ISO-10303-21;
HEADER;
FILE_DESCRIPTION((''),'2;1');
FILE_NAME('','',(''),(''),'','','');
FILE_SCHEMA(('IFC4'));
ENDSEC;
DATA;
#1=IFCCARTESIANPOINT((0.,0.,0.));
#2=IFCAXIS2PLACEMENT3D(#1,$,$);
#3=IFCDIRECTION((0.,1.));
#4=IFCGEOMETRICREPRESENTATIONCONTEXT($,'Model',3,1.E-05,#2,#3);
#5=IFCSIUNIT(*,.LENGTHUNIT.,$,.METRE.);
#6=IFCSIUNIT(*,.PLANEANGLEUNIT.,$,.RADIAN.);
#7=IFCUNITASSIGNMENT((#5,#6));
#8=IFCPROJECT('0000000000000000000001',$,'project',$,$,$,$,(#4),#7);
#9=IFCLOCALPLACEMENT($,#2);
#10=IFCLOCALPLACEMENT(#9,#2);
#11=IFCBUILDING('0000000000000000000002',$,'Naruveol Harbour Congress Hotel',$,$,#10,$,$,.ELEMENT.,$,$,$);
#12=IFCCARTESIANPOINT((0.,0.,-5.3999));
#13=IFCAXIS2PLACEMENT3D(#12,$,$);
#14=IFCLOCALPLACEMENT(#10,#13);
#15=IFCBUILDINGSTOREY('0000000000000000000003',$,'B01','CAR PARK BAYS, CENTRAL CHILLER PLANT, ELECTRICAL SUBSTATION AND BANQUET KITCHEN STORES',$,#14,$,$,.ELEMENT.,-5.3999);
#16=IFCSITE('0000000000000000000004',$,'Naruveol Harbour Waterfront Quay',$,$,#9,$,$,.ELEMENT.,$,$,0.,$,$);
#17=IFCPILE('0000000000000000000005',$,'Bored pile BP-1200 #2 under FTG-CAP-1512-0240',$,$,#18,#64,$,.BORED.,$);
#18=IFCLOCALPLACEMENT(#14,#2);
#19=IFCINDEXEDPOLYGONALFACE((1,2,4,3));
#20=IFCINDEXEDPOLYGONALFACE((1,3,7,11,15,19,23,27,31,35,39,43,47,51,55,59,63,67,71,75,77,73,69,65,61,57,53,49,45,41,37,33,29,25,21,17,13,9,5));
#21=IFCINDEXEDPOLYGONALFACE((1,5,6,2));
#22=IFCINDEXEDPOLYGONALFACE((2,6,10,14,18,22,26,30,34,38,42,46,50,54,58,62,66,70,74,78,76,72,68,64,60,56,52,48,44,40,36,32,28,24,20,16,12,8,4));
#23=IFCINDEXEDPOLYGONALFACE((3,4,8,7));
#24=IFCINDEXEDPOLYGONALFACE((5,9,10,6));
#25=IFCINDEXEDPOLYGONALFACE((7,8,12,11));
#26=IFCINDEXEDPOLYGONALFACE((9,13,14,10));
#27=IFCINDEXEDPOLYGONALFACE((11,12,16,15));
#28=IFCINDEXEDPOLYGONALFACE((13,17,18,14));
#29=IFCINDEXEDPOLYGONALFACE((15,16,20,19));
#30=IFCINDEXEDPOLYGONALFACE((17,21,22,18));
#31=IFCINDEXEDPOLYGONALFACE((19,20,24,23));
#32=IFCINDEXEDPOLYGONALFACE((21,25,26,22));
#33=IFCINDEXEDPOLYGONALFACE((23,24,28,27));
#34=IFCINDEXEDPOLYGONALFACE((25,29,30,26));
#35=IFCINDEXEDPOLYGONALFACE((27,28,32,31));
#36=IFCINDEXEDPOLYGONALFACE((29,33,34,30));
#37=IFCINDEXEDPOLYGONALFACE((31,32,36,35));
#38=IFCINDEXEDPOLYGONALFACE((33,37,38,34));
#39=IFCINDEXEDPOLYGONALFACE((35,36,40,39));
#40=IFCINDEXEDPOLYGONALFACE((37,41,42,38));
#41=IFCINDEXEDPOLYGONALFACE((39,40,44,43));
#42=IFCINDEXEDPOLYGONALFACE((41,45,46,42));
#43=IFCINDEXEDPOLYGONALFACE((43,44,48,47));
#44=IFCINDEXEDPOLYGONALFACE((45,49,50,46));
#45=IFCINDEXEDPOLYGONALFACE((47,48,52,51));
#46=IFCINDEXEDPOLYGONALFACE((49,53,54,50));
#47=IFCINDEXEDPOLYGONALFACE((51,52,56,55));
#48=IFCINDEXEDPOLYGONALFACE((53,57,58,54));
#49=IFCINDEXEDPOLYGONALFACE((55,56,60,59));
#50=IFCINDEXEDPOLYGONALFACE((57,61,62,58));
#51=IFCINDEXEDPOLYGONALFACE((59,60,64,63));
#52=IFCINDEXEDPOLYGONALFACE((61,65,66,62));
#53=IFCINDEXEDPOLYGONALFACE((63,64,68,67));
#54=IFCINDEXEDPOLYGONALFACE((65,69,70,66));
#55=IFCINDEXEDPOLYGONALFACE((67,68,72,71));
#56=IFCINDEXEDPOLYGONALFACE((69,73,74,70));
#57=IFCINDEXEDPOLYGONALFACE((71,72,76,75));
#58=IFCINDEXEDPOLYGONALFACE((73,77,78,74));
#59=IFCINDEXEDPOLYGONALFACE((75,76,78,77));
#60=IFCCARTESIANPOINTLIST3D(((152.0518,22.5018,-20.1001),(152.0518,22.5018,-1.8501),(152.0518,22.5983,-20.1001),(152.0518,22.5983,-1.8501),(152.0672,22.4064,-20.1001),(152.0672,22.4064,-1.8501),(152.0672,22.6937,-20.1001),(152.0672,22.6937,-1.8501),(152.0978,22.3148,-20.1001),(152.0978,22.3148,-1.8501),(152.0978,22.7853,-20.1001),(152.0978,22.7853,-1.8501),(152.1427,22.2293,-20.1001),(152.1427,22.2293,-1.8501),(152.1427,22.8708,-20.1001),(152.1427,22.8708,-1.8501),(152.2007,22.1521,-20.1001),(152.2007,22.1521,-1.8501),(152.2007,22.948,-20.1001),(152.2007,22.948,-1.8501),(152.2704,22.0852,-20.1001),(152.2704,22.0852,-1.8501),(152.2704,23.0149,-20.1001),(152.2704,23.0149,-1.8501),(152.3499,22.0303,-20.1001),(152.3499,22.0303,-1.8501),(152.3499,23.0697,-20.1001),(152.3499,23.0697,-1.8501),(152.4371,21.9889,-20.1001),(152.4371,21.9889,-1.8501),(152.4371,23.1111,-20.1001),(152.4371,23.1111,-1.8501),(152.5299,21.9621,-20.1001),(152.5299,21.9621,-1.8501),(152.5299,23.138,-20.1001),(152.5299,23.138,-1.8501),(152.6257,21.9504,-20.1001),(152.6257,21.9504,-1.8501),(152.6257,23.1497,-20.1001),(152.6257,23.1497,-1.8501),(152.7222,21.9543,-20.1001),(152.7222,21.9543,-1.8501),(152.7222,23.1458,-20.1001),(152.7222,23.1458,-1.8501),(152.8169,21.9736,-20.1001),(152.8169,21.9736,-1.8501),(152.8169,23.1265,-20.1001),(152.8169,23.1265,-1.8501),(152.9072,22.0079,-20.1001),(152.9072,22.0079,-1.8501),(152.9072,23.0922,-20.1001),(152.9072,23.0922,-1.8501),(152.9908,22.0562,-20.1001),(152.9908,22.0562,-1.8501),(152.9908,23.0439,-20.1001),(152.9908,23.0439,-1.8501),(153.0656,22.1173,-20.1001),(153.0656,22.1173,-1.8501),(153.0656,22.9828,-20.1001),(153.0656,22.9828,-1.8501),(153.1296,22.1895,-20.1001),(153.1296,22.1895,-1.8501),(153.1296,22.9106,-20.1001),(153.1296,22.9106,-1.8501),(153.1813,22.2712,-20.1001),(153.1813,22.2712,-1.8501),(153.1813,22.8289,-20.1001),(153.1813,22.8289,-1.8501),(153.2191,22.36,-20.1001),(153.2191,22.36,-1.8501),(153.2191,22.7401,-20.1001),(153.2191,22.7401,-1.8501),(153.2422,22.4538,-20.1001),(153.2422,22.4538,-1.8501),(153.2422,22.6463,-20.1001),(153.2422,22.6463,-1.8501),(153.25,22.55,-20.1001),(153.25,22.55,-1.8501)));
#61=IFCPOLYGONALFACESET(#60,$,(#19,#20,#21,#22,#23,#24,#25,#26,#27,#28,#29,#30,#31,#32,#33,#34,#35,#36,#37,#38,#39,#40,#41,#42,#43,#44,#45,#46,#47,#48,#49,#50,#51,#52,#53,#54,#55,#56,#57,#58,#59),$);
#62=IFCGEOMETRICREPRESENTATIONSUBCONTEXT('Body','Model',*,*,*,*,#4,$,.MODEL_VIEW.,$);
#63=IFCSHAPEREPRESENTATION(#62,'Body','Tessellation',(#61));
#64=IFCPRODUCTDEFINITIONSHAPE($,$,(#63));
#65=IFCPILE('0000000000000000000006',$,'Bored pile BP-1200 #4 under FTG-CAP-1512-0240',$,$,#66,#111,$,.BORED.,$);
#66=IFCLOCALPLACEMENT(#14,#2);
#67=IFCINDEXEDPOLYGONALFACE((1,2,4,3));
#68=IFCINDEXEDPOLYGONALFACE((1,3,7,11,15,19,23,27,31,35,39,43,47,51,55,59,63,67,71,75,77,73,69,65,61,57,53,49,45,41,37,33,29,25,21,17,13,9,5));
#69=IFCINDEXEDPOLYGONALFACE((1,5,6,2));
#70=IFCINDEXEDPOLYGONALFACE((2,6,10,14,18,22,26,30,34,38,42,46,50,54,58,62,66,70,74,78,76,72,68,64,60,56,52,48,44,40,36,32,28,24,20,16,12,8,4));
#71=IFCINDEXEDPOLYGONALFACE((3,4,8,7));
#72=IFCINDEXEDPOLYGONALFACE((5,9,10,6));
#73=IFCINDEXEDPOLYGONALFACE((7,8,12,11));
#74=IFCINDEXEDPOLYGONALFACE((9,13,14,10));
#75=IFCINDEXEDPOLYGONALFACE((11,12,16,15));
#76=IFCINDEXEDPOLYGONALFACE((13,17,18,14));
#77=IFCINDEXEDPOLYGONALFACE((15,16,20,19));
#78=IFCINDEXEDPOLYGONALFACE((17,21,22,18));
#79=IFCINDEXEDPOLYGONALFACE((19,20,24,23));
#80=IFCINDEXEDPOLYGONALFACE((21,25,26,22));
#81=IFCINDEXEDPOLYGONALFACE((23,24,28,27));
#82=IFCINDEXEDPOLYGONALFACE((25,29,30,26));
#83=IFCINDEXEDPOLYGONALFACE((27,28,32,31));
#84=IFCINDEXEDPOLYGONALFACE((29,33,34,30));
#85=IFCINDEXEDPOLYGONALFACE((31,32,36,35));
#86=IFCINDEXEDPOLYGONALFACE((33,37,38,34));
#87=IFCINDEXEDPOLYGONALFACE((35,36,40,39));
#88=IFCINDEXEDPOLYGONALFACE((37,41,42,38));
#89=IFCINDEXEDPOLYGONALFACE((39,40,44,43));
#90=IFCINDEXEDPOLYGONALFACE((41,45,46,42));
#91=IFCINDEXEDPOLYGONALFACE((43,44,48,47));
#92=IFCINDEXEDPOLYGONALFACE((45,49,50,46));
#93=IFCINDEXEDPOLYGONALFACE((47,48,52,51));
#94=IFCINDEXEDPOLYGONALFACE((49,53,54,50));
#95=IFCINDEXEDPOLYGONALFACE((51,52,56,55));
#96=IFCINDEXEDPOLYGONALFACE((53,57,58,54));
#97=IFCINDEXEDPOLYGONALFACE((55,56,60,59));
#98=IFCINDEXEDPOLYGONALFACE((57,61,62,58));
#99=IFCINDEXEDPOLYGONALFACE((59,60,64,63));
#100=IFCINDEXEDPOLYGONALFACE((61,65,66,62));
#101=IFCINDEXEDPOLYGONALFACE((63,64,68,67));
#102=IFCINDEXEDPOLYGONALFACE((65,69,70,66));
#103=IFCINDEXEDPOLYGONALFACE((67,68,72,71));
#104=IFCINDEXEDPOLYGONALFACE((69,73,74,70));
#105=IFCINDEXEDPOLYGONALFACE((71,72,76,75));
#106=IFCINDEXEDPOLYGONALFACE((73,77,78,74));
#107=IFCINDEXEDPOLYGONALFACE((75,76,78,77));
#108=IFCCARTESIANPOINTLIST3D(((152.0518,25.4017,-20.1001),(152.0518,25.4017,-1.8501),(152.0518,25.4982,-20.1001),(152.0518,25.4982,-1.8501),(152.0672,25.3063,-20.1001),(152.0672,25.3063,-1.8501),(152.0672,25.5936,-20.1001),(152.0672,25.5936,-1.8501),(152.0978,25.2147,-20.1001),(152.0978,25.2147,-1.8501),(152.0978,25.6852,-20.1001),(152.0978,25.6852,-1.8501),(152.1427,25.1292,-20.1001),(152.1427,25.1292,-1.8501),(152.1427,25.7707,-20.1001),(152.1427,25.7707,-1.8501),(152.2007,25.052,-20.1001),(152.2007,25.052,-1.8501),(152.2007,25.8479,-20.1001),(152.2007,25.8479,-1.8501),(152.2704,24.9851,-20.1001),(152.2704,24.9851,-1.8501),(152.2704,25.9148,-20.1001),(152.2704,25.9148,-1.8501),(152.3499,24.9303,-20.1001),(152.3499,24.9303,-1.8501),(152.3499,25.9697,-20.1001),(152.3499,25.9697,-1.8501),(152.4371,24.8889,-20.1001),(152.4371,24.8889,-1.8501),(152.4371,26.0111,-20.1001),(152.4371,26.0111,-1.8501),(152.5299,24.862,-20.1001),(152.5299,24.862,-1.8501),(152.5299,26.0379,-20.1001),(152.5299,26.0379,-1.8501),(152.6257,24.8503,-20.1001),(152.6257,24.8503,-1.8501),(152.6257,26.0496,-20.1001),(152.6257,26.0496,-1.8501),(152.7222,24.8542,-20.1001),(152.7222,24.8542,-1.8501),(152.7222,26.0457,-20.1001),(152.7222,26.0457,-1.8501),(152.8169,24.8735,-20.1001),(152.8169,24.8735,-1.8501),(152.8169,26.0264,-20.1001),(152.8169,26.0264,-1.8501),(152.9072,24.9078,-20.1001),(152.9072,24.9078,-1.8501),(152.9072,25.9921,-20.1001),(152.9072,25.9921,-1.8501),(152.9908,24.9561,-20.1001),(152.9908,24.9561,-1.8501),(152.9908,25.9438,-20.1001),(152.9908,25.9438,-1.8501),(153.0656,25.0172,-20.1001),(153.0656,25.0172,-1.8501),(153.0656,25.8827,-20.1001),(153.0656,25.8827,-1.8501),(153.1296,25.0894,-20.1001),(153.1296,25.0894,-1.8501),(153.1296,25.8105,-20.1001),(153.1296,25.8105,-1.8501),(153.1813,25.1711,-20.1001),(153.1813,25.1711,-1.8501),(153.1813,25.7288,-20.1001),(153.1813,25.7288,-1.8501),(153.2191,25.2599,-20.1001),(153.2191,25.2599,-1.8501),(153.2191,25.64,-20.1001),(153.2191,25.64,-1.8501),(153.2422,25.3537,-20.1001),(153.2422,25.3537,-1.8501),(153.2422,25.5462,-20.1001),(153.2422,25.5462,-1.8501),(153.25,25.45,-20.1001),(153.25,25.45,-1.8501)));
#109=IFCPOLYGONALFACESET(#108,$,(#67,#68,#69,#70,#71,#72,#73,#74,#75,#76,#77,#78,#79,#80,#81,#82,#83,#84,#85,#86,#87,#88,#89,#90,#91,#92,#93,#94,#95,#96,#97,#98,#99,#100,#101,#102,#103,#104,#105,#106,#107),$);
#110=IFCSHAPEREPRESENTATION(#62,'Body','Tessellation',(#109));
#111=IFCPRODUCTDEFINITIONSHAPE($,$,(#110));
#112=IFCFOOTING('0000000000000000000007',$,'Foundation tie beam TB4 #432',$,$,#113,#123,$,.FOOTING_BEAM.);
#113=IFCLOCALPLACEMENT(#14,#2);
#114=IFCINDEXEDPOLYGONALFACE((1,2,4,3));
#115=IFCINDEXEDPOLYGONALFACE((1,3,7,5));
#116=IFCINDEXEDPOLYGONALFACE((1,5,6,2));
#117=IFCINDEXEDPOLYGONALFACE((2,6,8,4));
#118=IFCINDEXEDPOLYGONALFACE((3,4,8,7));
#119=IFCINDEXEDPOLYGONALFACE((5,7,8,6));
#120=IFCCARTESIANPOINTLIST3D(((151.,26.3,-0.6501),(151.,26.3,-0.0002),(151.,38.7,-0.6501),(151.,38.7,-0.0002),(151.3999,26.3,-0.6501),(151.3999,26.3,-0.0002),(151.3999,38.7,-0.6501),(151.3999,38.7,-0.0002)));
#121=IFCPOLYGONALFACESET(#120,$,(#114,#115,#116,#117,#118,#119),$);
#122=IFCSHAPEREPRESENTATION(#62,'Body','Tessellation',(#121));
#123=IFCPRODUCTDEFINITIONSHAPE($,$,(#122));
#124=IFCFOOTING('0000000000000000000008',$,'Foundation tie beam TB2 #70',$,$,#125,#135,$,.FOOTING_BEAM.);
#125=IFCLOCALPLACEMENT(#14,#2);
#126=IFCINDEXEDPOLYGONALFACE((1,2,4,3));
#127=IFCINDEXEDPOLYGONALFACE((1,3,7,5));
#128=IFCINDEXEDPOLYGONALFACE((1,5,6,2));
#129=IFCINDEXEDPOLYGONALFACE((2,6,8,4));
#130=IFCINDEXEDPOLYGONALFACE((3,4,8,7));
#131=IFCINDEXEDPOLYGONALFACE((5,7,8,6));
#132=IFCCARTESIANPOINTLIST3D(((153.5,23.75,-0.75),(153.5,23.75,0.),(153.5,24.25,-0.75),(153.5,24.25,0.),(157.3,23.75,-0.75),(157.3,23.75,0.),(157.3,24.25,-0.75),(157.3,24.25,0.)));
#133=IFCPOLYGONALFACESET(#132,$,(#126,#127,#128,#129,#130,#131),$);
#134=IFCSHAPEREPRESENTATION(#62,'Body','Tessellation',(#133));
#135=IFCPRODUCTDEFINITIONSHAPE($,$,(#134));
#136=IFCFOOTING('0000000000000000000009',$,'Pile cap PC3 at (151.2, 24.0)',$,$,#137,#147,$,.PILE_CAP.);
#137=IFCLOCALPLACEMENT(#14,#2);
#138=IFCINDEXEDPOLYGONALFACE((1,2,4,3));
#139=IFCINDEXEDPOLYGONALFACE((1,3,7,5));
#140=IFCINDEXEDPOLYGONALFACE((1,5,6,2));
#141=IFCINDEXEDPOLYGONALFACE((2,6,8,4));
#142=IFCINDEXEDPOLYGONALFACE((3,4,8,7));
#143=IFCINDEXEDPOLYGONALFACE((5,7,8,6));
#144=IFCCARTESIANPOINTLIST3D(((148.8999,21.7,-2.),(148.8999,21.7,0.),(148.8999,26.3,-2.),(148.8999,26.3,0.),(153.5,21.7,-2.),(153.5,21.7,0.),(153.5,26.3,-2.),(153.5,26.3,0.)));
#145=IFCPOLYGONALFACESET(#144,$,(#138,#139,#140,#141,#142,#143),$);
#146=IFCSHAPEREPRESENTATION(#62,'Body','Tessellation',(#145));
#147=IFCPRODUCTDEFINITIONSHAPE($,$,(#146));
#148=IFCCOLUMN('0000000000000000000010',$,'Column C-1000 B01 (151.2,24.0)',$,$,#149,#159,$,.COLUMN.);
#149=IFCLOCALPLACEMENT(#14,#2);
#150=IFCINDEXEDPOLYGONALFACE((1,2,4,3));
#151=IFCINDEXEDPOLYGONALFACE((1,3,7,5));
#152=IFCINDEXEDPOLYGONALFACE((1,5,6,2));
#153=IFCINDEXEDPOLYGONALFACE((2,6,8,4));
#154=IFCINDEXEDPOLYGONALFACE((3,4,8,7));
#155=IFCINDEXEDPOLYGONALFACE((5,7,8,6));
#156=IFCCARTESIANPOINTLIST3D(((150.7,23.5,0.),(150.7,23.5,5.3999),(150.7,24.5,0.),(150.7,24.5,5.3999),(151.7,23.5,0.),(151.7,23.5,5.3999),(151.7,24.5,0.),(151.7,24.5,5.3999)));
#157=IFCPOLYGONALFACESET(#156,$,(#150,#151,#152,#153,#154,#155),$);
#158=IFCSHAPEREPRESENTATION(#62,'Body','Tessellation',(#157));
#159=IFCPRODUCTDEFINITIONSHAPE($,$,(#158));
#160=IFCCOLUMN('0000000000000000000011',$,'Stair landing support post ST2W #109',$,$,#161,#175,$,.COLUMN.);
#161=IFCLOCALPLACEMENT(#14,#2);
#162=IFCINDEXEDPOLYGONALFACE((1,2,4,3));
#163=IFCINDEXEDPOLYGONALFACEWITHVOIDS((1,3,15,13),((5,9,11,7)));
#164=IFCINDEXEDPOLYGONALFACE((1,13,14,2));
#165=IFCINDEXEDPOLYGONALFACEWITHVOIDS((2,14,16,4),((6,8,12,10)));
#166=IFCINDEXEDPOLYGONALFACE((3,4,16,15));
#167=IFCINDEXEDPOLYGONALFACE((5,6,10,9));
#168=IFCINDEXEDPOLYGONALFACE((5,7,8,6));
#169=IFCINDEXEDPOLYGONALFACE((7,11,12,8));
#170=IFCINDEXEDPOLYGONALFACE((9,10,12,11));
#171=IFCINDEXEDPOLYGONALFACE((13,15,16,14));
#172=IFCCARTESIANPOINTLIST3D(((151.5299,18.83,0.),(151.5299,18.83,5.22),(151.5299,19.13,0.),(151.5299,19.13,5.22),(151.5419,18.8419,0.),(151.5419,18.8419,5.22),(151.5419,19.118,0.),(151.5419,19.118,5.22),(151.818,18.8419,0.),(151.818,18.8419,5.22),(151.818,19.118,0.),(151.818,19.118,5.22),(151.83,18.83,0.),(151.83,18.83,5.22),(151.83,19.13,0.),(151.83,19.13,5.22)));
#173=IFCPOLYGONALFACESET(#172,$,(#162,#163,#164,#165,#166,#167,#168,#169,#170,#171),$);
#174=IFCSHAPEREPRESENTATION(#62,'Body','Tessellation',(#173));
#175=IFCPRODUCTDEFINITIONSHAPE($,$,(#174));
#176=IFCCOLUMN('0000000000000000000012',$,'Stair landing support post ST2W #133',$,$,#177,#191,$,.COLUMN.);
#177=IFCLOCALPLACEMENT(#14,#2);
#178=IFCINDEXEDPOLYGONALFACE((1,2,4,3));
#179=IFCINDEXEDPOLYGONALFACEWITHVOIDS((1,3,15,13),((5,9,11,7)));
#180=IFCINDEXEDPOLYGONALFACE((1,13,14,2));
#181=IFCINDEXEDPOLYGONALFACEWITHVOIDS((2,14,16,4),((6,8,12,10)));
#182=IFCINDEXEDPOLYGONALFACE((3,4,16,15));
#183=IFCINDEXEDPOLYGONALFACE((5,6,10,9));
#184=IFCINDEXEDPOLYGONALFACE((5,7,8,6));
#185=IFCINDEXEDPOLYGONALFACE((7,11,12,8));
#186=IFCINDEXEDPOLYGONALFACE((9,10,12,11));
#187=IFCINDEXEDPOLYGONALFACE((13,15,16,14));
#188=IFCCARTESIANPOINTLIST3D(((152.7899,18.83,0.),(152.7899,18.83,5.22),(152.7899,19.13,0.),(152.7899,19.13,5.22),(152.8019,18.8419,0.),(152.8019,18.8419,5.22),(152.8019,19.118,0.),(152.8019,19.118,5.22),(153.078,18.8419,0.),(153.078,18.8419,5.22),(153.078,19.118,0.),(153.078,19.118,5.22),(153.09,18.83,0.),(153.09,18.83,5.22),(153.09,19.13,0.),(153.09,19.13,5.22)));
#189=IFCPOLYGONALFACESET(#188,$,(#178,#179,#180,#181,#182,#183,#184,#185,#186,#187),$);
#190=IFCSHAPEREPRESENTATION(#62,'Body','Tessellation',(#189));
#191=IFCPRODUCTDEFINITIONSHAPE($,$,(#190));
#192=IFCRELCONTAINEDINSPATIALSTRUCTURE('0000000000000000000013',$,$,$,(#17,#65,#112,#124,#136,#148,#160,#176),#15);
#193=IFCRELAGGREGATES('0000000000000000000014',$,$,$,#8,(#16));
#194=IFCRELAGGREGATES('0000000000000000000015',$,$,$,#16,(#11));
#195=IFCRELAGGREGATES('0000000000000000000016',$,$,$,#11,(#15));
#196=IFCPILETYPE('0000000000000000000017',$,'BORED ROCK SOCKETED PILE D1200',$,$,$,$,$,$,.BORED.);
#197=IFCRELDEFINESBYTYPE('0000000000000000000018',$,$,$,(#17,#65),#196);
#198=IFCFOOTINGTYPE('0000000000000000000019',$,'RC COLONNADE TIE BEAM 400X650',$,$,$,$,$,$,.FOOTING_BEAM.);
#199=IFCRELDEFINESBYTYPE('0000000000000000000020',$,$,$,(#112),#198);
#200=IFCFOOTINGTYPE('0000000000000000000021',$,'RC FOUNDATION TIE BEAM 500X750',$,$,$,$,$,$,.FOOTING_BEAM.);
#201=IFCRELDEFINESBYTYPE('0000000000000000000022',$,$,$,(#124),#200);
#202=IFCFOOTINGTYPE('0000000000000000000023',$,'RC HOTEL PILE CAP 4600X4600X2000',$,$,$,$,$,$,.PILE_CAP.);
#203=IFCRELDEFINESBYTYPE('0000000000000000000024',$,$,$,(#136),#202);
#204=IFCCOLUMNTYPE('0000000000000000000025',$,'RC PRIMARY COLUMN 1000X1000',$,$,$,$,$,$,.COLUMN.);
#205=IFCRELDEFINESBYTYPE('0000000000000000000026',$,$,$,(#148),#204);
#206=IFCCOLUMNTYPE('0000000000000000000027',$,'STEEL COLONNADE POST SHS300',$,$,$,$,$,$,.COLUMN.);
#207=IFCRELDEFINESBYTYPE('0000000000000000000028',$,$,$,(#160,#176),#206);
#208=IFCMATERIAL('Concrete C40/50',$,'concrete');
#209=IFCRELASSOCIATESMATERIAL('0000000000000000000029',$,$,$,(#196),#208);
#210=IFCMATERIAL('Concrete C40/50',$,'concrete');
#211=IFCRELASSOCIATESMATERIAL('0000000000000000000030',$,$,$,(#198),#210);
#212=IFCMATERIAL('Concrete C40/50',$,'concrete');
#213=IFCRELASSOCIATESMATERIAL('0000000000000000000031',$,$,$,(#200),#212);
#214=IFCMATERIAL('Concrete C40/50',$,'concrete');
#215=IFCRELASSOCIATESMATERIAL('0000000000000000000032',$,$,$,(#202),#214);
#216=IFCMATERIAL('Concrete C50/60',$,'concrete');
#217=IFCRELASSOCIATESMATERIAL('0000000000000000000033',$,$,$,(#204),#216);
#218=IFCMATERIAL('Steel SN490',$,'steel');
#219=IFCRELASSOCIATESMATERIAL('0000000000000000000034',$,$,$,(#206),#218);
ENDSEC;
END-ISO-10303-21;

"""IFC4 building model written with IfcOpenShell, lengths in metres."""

from ifc_helpers import new_model, si_unit, direction, frame, origin, origin_2d, place, context, subcontext, project, spatial, rectangle, hollow_rectangle, circle, extrude, material, material_profile, profile_set, type_object, element, save


model = new_model("IFC4")

# Units and contexts
model_context = context("Model", 3, precision=1e-05, world=origin(), true_north=direction((0.0, 1.0)))
body_context = subcontext(model_context, "Body", "Model", "MODEL_VIEW")
ifc_project = project(units=[si_unit("LENGTHUNIT", "METRE"), si_unit("PLANEANGLEUNIT", "RADIAN")], contexts=[model_context])

# Site, building, storey
site_placement = place(None, origin())
site = spatial("IfcSite", under=ifc_project, at=site_placement, Name="Naruveol Harbour Waterfront Quay", CompositionType="ELEMENT", RefElevation=0.0)
building_placement = place(site_placement, origin())
building = spatial("IfcBuilding", under=site, at=building_placement, Name="Naruveol Harbour Congress Hotel", CompositionType="ELEMENT")
storey_placement = place(building_placement, frame((0.0, 0.0, -5.3999)))
storey = spatial("IfcBuildingStorey", under=building, at=storey_placement, Name="B01", Description="CAR PARK BAYS, CENTRAL CHILLER PLANT, ELECTRICAL SUBSTATION AND BANQUET KITCHEN STORES", CompositionType="ELEMENT", Elevation=-5.3999)

# Piles
ifc_material_1 = material(Name="Concrete C40/50", Category="concrete")
ifc_material_profile_1 = material_profile(ifc_material_1, circle(Radius=0.6001, at=origin_2d()), Name="BP-1200")
ifc_profile_set_1 = profile_set([ifc_material_profile_1], Name="Concrete C40/50")
pile_type = type_object("IfcPileType", Name="BORED ROCK SOCKETED PILE D1200", PredefinedType="BORED", material=ifc_profile_set_1)
for number, where, z_axis, x_axis, name in (
    (1, (152.6499, 22.55, -1.8501), (0.0, 0.0, -1.0), (1.0, 0.0, 0.0), "Bored pile BP-1200 #2 under FTG-CAP-1512-0240"),
    (2, (152.6499, 25.45, -1.8501), (0.0, 0.0, -1.0), (1.0, 0.0, 0.0), "Bored pile BP-1200 #4 under FTG-CAP-1512-0240"),
):
    element("IfcPile", number, at=place(storey_placement, frame(where, z_axis=z_axis, x_axis=x_axis)), inside=storey, type_object=pile_type, Name=name, PredefinedType="BORED", context=body_context, shape_type="SweptSolid", body=[
        extrude(circle(Radius=0.6001, at=origin_2d()), origin(), (0.0, 0.0, 1.0), 18.25),
    ])

# Footings
ifc_material_2 = material(Name="Concrete C40/50", Category="concrete")
ifc_material_profile_2 = material_profile(ifc_material_2, rectangle(XDim=0.3999, YDim=0.6499, at=origin_2d()), Name="RCB-400x650")
ifc_profile_set_2 = profile_set([ifc_material_profile_2], Name="Concrete C40/50")
footing_type_1 = type_object("IfcFootingType", Name="RC COLONNADE TIE BEAM 400X650", PredefinedType="FOOTING_BEAM", material=ifc_profile_set_2)
footing_1_placement = place(storey_placement, frame((151.2, 26.3, -0.3252), z_axis=(0.0, 1.0, 0.0), x_axis=(-1.0, 0.0, 0.0)))
element("IfcFooting", 3, at=footing_1_placement, inside=storey, type_object=footing_type_1, Name="Foundation tie beam TB4 #432", PredefinedType="FOOTING_BEAM", context=body_context, shape_type="SweptSolid", body=[
    extrude(rectangle(XDim=0.3999, YDim=0.6499, at=origin_2d()), origin(), (0.0, 0.0, 1.0), 12.3999),
])
ifc_material_3 = material(Name="Concrete C40/50", Category="concrete")
ifc_material_profile_3 = material_profile(ifc_material_3, rectangle(XDim=0.5, YDim=0.75, at=origin_2d()), Name="RCB-500x750")
ifc_profile_set_3 = profile_set([ifc_material_profile_3], Name="Concrete C40/50")
footing_type_2 = type_object("IfcFootingType", Name="RC FOUNDATION TIE BEAM 500X750", PredefinedType="FOOTING_BEAM", material=ifc_profile_set_3)
footing_2_placement = place(storey_placement, frame((153.5, 24.0, -0.375), z_axis=(1.0, 0.0, 0.0), x_axis=(0.0, 1.0, 0.0)))
element("IfcFooting", 4, at=footing_2_placement, inside=storey, type_object=footing_type_2, Name="Foundation tie beam TB2 #70", PredefinedType="FOOTING_BEAM", context=body_context, shape_type="SweptSolid", body=[
    extrude(rectangle(XDim=0.5, YDim=0.75, at=origin_2d()), origin(), (0.0, 0.0, 1.0), 3.8),
])
ifc_material_4 = material(Name="Concrete C40/50", Category="concrete")
footing_type_3 = type_object("IfcFootingType", Name="RC HOTEL PILE CAP 4600X4600X2000", PredefinedType="PILE_CAP", material=ifc_material_4)
footing_3_placement = place(storey_placement, frame((151.2, 24.0, -2.0), z_axis=(0.0, 0.0, 1.0), x_axis=(1.0, 0.0, 0.0)))
element("IfcFooting", 5, at=footing_3_placement, inside=storey, type_object=footing_type_3, Name="Pile cap PC3 at (151.2, 24.0)", PredefinedType="PILE_CAP", context=body_context, shape_type="SweptSolid", body=[
    extrude(rectangle(XDim=4.6001, YDim=4.6001, at=origin_2d()), origin(), (0.0, 0.0, 1.0), 2.0),
])

# Columns
ifc_material_5 = material(Name="Concrete C50/60", Category="concrete")
ifc_material_profile_4 = material_profile(ifc_material_5, rectangle(XDim=1.0, YDim=1.0, at=origin_2d()), Name="RC-1000x1000")
ifc_profile_set_4 = profile_set([ifc_material_profile_4], Name="Concrete C50/60")
column_type_1 = type_object("IfcColumnType", Name="RC PRIMARY COLUMN 1000X1000", PredefinedType="COLUMN", material=ifc_profile_set_4)
column_placement = place(storey_placement, frame((151.2, 24.0, 0.0), z_axis=(0.0, 0.0, 1.0), x_axis=(1.0, 0.0, 0.0)))
element("IfcColumn", 6, at=column_placement, inside=storey, type_object=column_type_1, Name="Column C-1000 B01 (151.2,24.0)", PredefinedType="COLUMN", context=body_context, shape_type="SweptSolid", body=[
    extrude(rectangle(XDim=1.0, YDim=1.0, at=origin_2d()), origin(), (0.0, 0.0, 1.0), 5.3999),
])
ifc_material_6 = material(Name="Steel SN490", Category="steel")
ifc_material_profile_5 = material_profile(ifc_material_6, hollow_rectangle(XDim=0.3, YDim=0.3, WallThickness=0.012, at=origin_2d()), Name="SHS-300x300x12")
ifc_profile_set_5 = profile_set([ifc_material_profile_5], Name="Steel SN490")
column_type_2 = type_object("IfcColumnType", Name="STEEL COLONNADE POST SHS300", PredefinedType="COLUMN", material=ifc_profile_set_5)
for number, where, z_axis, x_axis, name in (
    (7, (151.6799, 18.98, 0.0), (0.0, 0.0, 1.0), (1.0, 0.0, 0.0), "Stair landing support post ST2W #109"),
    (8, (152.9399, 18.98, 0.0), (0.0, 0.0, 1.0), (1.0, 0.0, 0.0), "Stair landing support post ST2W #133"),
):
    element("IfcColumn", number, at=place(storey_placement, frame(where, z_axis=z_axis, x_axis=x_axis)), inside=storey, type_object=column_type_2, Name=name, PredefinedType="COLUMN", context=body_context, shape_type="SweptSolid", body=[
        extrude(hollow_rectangle(XDim=0.3, YDim=0.3, WallThickness=0.012, at=origin_2d()), origin(), (0.0, 0.0, 1.0), 5.22),
    ])

save(model, "model.ifc")
